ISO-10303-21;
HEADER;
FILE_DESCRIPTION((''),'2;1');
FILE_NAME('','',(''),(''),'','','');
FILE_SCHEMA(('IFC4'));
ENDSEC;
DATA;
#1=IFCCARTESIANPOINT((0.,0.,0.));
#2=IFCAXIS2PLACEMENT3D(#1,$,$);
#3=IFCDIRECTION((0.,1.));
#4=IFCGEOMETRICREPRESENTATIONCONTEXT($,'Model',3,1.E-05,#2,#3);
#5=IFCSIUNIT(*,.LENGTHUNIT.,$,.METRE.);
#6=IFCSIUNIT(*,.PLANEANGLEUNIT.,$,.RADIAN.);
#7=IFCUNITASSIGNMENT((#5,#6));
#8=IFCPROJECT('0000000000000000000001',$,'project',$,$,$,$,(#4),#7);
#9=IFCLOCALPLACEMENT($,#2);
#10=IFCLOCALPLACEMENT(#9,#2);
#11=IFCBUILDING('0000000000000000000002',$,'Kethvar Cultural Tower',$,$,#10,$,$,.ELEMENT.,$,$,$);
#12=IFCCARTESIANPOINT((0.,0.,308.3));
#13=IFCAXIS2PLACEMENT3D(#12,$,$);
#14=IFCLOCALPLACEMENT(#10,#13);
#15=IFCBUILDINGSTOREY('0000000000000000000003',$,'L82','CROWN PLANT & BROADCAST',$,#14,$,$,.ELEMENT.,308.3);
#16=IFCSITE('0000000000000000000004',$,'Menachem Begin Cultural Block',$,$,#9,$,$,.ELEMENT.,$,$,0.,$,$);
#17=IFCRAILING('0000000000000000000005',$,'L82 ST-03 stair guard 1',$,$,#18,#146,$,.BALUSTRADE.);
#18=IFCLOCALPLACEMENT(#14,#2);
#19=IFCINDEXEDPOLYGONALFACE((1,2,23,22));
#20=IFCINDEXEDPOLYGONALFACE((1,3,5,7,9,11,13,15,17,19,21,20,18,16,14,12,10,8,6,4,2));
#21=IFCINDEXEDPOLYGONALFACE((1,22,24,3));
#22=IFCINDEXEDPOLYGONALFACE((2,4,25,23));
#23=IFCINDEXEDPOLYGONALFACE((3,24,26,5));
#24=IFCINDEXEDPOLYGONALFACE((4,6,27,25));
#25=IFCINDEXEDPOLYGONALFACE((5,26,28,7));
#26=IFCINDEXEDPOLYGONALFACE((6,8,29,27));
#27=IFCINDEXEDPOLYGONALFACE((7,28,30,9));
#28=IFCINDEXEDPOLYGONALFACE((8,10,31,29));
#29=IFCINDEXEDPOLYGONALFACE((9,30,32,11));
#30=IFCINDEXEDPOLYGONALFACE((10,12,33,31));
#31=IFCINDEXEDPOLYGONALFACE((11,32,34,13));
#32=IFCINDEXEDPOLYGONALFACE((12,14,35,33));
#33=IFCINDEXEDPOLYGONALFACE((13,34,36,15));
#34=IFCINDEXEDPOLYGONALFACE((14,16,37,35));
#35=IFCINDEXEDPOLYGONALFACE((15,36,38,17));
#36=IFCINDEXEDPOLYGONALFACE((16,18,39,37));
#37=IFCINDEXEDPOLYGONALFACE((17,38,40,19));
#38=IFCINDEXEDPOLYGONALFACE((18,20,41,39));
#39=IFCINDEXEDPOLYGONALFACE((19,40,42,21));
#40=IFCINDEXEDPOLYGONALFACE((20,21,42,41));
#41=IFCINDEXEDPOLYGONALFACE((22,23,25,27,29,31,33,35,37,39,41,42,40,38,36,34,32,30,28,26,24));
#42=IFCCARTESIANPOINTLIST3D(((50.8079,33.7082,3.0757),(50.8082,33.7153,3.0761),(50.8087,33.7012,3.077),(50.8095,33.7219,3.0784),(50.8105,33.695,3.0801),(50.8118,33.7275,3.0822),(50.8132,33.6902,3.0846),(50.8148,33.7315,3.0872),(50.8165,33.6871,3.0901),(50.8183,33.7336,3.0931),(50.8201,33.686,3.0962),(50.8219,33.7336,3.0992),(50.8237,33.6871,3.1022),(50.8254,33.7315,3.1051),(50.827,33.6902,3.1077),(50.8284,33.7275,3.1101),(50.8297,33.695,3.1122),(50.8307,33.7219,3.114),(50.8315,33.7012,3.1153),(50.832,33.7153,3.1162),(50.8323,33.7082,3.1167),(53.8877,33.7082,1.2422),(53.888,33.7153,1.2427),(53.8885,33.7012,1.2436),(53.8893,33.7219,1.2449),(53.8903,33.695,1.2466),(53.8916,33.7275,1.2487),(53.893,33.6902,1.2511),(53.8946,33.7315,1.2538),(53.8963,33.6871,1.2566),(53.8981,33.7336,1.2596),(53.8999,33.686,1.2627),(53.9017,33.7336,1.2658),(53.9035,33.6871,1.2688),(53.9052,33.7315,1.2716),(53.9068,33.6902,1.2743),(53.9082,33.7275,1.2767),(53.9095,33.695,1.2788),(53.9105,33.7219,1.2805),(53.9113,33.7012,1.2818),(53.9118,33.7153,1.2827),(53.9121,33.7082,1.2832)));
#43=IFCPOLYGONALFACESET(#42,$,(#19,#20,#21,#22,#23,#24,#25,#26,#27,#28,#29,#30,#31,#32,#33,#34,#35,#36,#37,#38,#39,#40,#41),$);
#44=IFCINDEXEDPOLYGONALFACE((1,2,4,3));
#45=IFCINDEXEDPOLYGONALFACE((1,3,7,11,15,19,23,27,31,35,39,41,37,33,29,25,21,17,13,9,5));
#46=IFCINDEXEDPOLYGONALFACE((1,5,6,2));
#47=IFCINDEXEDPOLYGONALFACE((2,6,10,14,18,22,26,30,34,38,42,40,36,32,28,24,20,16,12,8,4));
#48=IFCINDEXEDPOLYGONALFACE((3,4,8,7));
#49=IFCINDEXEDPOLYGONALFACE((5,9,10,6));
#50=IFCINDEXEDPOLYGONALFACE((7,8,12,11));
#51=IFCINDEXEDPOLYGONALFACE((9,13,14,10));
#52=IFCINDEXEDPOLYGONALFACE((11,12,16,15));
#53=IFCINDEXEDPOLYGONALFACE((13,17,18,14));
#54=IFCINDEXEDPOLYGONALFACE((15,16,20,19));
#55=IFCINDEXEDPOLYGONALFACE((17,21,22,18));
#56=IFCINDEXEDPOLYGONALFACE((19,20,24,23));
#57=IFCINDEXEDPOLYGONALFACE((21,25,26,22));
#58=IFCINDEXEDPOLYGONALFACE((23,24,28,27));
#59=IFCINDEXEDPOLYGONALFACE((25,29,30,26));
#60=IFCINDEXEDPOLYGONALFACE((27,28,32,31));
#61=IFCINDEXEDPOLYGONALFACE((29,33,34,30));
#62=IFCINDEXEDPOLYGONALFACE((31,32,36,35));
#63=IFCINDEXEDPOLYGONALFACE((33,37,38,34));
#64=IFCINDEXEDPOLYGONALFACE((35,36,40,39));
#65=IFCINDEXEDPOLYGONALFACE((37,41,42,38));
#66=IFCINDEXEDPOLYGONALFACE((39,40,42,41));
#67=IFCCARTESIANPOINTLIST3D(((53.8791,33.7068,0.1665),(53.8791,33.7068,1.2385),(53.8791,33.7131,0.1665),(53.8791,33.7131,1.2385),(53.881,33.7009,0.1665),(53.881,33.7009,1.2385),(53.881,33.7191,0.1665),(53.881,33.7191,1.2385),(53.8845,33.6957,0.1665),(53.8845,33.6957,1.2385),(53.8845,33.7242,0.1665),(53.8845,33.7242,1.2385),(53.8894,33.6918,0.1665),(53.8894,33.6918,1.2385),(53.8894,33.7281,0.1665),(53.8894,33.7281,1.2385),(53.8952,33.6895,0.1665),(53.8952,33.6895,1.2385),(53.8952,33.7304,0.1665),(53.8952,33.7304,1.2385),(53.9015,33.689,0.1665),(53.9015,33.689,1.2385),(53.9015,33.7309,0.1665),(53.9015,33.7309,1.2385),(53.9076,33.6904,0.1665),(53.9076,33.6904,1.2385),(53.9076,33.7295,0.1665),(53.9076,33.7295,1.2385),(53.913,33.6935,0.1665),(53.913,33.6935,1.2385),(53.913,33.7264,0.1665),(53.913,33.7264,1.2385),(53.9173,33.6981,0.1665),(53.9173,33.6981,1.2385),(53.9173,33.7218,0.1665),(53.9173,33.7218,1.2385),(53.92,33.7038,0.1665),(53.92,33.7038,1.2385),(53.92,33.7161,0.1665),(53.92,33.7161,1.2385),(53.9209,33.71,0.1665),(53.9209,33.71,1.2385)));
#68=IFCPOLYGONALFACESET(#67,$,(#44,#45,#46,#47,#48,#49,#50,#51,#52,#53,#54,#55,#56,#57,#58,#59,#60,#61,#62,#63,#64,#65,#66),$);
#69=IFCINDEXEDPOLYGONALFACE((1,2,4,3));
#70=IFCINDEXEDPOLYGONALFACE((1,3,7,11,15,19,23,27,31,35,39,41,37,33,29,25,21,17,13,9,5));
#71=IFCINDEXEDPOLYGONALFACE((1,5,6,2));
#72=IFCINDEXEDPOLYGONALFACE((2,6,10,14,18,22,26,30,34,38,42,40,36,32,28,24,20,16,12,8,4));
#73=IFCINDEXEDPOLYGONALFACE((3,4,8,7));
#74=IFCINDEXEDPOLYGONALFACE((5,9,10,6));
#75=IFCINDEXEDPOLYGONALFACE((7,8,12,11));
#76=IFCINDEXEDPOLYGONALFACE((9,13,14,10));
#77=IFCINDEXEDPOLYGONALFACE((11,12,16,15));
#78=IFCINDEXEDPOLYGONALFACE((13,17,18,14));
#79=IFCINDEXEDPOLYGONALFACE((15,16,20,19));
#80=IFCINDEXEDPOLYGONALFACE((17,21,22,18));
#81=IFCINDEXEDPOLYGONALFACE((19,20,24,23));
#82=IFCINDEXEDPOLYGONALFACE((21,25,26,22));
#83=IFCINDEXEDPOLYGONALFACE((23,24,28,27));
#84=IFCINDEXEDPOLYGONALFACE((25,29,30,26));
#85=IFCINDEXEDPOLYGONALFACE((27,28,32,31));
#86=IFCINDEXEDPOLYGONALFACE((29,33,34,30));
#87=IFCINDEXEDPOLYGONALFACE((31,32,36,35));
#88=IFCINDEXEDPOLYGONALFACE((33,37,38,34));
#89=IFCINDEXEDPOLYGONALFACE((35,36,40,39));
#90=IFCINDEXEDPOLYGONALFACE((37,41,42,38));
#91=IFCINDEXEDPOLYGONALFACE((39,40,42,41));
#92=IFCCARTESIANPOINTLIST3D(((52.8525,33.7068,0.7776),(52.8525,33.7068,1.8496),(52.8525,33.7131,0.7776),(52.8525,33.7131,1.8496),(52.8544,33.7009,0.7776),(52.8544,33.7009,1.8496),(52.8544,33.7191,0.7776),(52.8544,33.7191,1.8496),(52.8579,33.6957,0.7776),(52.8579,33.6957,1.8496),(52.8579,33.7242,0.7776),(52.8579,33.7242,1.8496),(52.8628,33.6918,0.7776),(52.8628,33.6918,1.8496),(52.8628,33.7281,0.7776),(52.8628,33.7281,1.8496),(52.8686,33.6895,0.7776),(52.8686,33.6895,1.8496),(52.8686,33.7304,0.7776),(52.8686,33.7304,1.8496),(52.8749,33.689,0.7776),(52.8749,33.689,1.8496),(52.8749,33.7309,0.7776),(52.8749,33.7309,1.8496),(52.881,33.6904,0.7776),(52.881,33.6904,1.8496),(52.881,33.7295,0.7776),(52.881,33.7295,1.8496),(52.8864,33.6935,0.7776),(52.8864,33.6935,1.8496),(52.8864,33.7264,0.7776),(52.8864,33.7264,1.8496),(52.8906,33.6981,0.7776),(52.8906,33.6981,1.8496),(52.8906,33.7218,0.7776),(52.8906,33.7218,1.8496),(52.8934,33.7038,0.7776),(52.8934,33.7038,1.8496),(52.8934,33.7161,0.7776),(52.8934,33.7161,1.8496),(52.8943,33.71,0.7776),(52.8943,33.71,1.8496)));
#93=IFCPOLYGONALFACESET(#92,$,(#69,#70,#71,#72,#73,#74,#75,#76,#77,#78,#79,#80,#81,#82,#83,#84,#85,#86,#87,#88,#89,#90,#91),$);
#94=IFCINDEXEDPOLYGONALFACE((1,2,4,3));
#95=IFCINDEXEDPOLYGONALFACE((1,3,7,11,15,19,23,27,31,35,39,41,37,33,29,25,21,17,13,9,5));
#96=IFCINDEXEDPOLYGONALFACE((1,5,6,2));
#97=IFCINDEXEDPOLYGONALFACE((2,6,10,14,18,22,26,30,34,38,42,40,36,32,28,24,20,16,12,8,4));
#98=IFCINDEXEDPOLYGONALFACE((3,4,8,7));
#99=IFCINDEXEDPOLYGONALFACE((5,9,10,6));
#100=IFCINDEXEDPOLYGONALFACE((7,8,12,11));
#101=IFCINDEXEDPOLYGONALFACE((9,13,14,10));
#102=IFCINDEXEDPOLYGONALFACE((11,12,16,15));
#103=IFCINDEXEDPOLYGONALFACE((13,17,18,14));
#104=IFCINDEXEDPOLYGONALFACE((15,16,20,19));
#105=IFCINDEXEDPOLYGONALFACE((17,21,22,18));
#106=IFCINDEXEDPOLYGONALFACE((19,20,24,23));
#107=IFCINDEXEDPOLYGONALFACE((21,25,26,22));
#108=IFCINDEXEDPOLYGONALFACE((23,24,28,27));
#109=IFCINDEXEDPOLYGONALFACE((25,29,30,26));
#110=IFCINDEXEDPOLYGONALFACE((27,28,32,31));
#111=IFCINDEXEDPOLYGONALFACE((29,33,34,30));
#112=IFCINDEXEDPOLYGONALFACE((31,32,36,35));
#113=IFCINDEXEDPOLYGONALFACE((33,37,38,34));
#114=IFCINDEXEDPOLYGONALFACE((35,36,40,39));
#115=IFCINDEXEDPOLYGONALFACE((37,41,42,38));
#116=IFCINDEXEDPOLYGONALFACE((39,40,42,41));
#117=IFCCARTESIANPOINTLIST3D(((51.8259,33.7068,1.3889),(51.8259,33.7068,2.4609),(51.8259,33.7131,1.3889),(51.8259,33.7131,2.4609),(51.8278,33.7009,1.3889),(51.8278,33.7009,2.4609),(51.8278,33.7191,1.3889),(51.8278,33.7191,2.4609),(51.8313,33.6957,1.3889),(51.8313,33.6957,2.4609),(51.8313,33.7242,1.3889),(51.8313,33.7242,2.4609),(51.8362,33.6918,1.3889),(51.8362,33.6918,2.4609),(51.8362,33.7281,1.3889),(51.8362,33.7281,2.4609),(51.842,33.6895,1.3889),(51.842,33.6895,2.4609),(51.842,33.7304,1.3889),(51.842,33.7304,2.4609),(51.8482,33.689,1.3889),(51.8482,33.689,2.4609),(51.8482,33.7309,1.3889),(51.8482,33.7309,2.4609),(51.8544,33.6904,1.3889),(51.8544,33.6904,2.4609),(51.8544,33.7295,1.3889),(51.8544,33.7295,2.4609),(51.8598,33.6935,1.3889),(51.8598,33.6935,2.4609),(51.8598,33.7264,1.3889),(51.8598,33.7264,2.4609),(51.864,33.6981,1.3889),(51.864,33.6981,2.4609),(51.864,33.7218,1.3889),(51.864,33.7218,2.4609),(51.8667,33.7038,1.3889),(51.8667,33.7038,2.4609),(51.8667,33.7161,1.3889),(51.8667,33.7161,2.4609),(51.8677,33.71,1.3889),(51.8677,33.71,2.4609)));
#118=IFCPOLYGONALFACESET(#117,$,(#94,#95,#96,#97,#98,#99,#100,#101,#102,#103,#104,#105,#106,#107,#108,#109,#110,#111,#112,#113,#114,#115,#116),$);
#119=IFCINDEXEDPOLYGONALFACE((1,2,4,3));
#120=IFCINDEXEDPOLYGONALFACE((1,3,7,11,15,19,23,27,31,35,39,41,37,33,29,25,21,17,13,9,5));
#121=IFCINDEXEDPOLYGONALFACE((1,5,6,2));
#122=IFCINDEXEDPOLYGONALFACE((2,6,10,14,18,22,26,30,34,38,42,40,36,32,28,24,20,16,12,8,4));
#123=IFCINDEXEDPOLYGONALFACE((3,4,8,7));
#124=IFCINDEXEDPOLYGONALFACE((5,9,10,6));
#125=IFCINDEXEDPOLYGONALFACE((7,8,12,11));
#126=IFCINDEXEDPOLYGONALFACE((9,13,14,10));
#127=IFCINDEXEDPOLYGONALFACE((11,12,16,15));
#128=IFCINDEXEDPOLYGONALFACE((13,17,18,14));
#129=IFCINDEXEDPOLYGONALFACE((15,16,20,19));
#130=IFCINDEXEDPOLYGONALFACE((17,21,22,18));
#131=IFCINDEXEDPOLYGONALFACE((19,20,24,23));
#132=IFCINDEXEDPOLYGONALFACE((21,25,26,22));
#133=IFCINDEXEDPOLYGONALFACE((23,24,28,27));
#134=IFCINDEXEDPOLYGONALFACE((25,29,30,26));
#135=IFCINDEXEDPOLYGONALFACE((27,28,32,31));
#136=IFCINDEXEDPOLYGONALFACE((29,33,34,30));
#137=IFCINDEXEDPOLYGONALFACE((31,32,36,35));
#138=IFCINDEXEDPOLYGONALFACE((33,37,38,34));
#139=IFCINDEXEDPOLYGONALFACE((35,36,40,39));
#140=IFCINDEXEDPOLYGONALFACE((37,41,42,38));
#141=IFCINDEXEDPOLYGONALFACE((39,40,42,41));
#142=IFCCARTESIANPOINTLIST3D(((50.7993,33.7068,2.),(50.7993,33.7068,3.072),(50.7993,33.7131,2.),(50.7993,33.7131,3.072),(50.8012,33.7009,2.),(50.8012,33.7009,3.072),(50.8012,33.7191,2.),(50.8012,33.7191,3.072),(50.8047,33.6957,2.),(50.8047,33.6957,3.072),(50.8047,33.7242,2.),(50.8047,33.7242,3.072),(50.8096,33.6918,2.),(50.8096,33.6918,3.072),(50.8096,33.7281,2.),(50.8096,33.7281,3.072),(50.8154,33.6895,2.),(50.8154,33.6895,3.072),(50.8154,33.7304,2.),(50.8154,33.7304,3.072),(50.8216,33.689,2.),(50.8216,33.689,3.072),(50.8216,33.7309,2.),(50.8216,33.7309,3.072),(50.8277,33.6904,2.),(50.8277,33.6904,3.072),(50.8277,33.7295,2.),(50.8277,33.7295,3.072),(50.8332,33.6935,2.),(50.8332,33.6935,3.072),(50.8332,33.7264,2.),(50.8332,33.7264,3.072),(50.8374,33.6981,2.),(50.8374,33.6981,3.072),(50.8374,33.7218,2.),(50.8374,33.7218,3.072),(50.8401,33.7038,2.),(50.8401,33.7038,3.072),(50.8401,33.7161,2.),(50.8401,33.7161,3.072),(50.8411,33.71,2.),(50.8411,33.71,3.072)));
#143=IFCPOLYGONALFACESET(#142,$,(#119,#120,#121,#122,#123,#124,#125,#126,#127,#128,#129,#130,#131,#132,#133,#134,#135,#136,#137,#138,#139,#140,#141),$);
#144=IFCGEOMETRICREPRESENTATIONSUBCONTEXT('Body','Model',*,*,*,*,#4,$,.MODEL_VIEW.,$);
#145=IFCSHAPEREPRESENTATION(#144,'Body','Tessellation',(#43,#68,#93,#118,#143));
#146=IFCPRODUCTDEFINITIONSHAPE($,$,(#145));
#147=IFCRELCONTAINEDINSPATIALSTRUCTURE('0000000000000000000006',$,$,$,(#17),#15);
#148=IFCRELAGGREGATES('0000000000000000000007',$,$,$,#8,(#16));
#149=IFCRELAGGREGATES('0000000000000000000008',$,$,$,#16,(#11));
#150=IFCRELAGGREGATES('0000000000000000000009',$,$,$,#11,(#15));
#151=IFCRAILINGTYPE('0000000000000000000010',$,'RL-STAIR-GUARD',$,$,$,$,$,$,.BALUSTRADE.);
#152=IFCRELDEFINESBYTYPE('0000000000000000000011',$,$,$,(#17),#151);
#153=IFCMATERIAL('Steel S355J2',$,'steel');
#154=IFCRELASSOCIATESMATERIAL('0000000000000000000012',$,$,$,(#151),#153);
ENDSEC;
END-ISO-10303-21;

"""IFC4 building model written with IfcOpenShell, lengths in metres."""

from ifc_helpers import new_model, si_unit, direction, frame, origin, origin_2d, place, context, subcontext, project, spatial, circle, extrude, material, type_object, element, save


model = new_model("IFC4")

# Units and contexts
model_context = context("Model", 3, precision=1e-05, world=origin(), true_north=direction((0.0, 1.0)))
body_context = subcontext(model_context, "Body", "Model", "MODEL_VIEW")
ifc_project = project(units=[si_unit("LENGTHUNIT", "METRE"), si_unit("PLANEANGLEUNIT", "RADIAN")], contexts=[model_context])

# Site, building, storey
site_placement = place(None, origin())
site = spatial("IfcSite", under=ifc_project, at=site_placement, Name="Menachem Begin Cultural Block", CompositionType="ELEMENT", RefElevation=0.0)
building_placement = place(site_placement, origin())
building = spatial("IfcBuilding", under=site, at=building_placement, Name="Kethvar Cultural Tower", CompositionType="ELEMENT")
storey_placement = place(building_placement, frame((0.0, 0.0, 308.3)))
storey = spatial("IfcBuildingStorey", under=building, at=storey_placement, Name="L82", Description="CROWN PLANT & BROADCAST", CompositionType="ELEMENT", Elevation=308.3)

# Shared definitions
ifc_material_1 = material(Name="Steel S355J2", Category="steel")

# Railing
railing_type_1 = type_object("IfcRailingType", Name="RL-STAIR-GUARD", PredefinedType="BALUSTRADE", material=ifc_material_1)
railing_1_placement = place(storey_placement, frame((53.8999, 33.71, 0.1665)))
element("IfcRailing", 1, at=railing_1_placement, inside=storey, type_object=railing_type_1, Name="L82 ST-03 stair guard 1", PredefinedType="BALUSTRADE", context=body_context, shape_type="SweptSolid", body=[
    extrude(circle(Radius=0.0239, at=origin_2d()), frame((0.0, 0.0, 1.0962), z_axis=(-0.859261, 0.0, 0.511538), x_axis=(0.0, -1.0, 0.0)), (0.0, 0.0, 1.0), 3.5842),
    extrude(circle(Radius=0.021, at=origin_2d()), origin(), (0.0, 0.0, 1.0), 1.072),
    extrude(circle(Radius=0.021, at=origin_2d()), frame((-1.0266, 0.0, 0.6111)), (0.0, 0.0, 1.0), 1.072),
    extrude(circle(Radius=0.021, at=origin_2d()), frame((-2.0532, 0.0, 1.2224)), (0.0, 0.0, 1.0), 1.072),
    extrude(circle(Radius=0.021, at=origin_2d()), frame((-3.0798, 0.0, 1.8335)), (0.0, 0.0, 1.0), 1.072),
])

save(model, "model.ifc")
